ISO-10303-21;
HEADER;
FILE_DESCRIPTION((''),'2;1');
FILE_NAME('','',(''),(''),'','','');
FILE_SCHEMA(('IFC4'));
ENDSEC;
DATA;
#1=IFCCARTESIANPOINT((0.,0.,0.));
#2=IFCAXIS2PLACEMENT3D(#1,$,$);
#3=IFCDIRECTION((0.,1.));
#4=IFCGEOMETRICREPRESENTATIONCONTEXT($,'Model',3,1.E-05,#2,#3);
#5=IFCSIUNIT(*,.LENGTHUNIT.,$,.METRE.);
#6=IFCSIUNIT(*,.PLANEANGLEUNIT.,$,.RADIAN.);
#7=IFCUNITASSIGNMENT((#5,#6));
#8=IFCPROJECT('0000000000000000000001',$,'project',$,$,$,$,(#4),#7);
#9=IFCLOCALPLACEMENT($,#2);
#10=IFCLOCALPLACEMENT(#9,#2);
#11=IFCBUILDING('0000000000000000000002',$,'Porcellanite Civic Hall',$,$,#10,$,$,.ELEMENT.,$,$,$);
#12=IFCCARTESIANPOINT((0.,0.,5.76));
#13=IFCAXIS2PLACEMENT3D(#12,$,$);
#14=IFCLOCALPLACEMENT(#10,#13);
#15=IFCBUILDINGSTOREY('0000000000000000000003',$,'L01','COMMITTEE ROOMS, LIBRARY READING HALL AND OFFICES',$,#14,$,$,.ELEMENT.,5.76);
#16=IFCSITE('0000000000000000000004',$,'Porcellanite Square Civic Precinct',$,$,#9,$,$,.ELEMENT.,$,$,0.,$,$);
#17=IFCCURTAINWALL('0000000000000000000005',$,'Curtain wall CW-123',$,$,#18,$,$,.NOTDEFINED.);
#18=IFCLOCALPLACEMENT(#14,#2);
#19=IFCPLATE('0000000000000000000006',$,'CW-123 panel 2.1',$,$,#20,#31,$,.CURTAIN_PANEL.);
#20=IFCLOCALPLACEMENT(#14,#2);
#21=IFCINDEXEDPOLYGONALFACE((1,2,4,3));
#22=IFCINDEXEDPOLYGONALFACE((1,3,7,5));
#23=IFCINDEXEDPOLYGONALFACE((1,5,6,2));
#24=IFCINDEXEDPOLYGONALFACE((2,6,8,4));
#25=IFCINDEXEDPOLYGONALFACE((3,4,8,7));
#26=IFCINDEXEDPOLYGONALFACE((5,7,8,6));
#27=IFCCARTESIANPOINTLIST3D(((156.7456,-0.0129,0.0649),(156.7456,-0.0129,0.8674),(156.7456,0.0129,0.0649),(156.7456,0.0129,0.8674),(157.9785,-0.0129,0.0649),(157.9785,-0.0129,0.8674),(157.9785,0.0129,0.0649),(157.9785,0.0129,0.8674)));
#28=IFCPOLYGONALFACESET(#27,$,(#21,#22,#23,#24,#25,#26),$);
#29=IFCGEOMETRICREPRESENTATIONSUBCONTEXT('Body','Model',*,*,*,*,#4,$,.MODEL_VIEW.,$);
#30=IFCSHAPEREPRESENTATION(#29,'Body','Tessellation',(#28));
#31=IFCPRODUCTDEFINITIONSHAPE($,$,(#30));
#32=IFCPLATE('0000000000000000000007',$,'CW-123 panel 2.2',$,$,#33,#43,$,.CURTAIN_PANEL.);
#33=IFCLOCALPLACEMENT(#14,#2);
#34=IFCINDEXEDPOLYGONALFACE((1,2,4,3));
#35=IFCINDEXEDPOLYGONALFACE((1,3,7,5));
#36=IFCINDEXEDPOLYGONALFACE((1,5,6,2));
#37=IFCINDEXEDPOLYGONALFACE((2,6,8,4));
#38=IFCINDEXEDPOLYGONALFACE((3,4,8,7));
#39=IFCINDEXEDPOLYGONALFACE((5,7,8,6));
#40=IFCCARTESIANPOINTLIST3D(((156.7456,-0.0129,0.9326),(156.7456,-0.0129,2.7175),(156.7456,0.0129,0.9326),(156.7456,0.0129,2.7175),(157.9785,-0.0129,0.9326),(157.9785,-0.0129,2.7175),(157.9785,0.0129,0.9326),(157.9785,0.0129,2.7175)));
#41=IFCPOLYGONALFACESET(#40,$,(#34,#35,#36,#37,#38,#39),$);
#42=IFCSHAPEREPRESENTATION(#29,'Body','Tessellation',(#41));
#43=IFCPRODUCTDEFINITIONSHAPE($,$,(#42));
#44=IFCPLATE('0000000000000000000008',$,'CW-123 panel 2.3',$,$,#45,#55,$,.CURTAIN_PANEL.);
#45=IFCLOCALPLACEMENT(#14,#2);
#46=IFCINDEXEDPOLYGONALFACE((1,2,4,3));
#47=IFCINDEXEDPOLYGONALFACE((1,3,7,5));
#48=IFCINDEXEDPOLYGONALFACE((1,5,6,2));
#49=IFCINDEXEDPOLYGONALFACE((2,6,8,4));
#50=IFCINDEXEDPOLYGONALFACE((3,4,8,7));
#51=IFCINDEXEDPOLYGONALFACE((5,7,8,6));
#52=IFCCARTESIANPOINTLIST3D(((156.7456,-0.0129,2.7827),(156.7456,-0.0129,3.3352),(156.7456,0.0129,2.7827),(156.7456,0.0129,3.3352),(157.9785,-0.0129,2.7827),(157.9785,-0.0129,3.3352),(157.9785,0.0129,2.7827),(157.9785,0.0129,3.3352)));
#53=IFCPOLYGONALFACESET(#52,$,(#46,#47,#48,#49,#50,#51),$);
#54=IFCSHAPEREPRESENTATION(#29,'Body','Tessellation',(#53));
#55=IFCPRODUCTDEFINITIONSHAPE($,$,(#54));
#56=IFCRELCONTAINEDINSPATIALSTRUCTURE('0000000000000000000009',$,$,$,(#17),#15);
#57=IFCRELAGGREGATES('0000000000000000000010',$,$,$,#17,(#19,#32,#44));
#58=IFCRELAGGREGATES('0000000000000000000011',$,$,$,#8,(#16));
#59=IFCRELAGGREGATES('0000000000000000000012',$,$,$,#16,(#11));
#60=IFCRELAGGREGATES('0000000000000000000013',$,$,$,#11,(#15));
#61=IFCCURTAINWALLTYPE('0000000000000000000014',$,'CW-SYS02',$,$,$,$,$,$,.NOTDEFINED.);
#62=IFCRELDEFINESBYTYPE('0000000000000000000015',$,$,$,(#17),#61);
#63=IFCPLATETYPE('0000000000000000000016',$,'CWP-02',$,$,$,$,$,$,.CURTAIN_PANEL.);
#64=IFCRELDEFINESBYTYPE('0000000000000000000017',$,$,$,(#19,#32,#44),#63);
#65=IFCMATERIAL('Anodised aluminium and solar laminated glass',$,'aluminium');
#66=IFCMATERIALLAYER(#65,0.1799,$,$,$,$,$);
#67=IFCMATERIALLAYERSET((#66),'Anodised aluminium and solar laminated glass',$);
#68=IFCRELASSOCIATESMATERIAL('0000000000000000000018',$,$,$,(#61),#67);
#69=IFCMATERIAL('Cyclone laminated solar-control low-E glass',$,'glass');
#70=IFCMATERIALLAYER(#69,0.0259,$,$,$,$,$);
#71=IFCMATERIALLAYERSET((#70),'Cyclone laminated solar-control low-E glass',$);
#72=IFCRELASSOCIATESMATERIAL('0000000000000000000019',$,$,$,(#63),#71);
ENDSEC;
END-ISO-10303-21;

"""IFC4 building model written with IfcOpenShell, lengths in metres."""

from ifc_helpers import new_model, si_unit, direction, frame, origin, origin_2d, place, context, subcontext, project, spatial, rectangle, extrude, material, layer, layer_set, type_object, element, aggregate, save


model = new_model("IFC4")

# Units and contexts
model_context = context("Model", 3, precision=1e-05, world=origin(), true_north=direction((0.0, 1.0)))
body_context = subcontext(model_context, "Body", "Model", "MODEL_VIEW")
ifc_project = project(units=[si_unit("LENGTHUNIT", "METRE"), si_unit("PLANEANGLEUNIT", "RADIAN")], contexts=[model_context])

# Site, building, storey
site_placement = place(None, origin())
site = spatial("IfcSite", under=ifc_project, at=site_placement, Name="Porcellanite Square Civic Precinct", CompositionType="ELEMENT", RefElevation=0.0)
building_placement = place(site_placement, origin())
building = spatial("IfcBuilding", under=site, at=building_placement, Name="Porcellanite Civic Hall", CompositionType="ELEMENT")
storey_placement = place(building_placement, frame((0.0, 0.0, 5.76)))
storey = spatial("IfcBuildingStorey", under=building, at=storey_placement, Name="L01", Description="COMMITTEE ROOMS, LIBRARY READING HALL AND OFFICES", CompositionType="ELEMENT", Elevation=5.76)

# Curtain wall
ifc_material_1 = material(Name="Anodised aluminium and solar laminated glass", Category="aluminium")
ifc_layer_1 = layer(ifc_material_1, 0.1799)
ifc_layer_set_1 = layer_set([ifc_layer_1], Name="Anodised aluminium and solar laminated glass")
curtain_wall_type = type_object("IfcCurtainWallType", Name="CW-SYS02", PredefinedType="NOTDEFINED", material=ifc_layer_set_1)
curtain_wall_placement = place(storey_placement, origin())
curtain_wall = element("IfcCurtainWall", 1, at=curtain_wall_placement, inside=storey, type_object=curtain_wall_type, Name="Curtain wall CW-123", PredefinedType="NOTDEFINED")

# Plates
ifc_material_2 = material(Name="Cyclone laminated solar-control low-E glass", Category="glass")
ifc_layer_2 = layer(ifc_material_2, 0.0259)
ifc_layer_set_2 = layer_set([ifc_layer_2], Name="Cyclone laminated solar-control low-E glass")
plate_type = type_object("IfcPlateType", Name="CWP-02", PredefinedType="CURTAIN_PANEL", material=ifc_layer_set_2)
plate_1_placement = place(storey_placement, frame((157.3621, 0.0, 0.0649), z_axis=(0.0, 0.0, 1.0), x_axis=(-1.0, 0.0, 0.0)))
plate_1 = element("IfcPlate", 2, at=plate_1_placement, type_object=plate_type, Name="CW-123 panel 2.1", PredefinedType="CURTAIN_PANEL", context=body_context, shape_type="SweptSolid", body=[
    extrude(rectangle(XDim=1.2329, YDim=0.0259, at=origin_2d()), origin(), (0.0, 0.0, 1.0), 0.8025),
])
plate_2_placement = place(storey_placement, frame((157.3621, 0.0, 0.9326), z_axis=(0.0, 0.0, 1.0), x_axis=(-1.0, 0.0, 0.0)))
plate_2 = element("IfcPlate", 3, at=plate_2_placement, type_object=plate_type, Name="CW-123 panel 2.2", PredefinedType="CURTAIN_PANEL", context=body_context, shape_type="SweptSolid", body=[
    extrude(rectangle(XDim=1.2329, YDim=0.0259, at=origin_2d()), origin(), (0.0, 0.0, 1.0), 1.7849),
])
plate_3_placement = place(storey_placement, frame((157.3621, 0.0, 2.7827), z_axis=(0.0, 0.0, 1.0), x_axis=(-1.0, 0.0, 0.0)))
plate_3 = element("IfcPlate", 4, at=plate_3_placement, type_object=plate_type, Name="CW-123 panel 2.3", PredefinedType="CURTAIN_PANEL", context=body_context, shape_type="SweptSolid", body=[
    extrude(rectangle(XDim=1.2329, YDim=0.0259, at=origin_2d()), origin(), (0.0, 0.0, 1.0), 0.5525),
])
aggregate(curtain_wall, [plate_1, plate_2, plate_3])

save(model, "model.ifc")
